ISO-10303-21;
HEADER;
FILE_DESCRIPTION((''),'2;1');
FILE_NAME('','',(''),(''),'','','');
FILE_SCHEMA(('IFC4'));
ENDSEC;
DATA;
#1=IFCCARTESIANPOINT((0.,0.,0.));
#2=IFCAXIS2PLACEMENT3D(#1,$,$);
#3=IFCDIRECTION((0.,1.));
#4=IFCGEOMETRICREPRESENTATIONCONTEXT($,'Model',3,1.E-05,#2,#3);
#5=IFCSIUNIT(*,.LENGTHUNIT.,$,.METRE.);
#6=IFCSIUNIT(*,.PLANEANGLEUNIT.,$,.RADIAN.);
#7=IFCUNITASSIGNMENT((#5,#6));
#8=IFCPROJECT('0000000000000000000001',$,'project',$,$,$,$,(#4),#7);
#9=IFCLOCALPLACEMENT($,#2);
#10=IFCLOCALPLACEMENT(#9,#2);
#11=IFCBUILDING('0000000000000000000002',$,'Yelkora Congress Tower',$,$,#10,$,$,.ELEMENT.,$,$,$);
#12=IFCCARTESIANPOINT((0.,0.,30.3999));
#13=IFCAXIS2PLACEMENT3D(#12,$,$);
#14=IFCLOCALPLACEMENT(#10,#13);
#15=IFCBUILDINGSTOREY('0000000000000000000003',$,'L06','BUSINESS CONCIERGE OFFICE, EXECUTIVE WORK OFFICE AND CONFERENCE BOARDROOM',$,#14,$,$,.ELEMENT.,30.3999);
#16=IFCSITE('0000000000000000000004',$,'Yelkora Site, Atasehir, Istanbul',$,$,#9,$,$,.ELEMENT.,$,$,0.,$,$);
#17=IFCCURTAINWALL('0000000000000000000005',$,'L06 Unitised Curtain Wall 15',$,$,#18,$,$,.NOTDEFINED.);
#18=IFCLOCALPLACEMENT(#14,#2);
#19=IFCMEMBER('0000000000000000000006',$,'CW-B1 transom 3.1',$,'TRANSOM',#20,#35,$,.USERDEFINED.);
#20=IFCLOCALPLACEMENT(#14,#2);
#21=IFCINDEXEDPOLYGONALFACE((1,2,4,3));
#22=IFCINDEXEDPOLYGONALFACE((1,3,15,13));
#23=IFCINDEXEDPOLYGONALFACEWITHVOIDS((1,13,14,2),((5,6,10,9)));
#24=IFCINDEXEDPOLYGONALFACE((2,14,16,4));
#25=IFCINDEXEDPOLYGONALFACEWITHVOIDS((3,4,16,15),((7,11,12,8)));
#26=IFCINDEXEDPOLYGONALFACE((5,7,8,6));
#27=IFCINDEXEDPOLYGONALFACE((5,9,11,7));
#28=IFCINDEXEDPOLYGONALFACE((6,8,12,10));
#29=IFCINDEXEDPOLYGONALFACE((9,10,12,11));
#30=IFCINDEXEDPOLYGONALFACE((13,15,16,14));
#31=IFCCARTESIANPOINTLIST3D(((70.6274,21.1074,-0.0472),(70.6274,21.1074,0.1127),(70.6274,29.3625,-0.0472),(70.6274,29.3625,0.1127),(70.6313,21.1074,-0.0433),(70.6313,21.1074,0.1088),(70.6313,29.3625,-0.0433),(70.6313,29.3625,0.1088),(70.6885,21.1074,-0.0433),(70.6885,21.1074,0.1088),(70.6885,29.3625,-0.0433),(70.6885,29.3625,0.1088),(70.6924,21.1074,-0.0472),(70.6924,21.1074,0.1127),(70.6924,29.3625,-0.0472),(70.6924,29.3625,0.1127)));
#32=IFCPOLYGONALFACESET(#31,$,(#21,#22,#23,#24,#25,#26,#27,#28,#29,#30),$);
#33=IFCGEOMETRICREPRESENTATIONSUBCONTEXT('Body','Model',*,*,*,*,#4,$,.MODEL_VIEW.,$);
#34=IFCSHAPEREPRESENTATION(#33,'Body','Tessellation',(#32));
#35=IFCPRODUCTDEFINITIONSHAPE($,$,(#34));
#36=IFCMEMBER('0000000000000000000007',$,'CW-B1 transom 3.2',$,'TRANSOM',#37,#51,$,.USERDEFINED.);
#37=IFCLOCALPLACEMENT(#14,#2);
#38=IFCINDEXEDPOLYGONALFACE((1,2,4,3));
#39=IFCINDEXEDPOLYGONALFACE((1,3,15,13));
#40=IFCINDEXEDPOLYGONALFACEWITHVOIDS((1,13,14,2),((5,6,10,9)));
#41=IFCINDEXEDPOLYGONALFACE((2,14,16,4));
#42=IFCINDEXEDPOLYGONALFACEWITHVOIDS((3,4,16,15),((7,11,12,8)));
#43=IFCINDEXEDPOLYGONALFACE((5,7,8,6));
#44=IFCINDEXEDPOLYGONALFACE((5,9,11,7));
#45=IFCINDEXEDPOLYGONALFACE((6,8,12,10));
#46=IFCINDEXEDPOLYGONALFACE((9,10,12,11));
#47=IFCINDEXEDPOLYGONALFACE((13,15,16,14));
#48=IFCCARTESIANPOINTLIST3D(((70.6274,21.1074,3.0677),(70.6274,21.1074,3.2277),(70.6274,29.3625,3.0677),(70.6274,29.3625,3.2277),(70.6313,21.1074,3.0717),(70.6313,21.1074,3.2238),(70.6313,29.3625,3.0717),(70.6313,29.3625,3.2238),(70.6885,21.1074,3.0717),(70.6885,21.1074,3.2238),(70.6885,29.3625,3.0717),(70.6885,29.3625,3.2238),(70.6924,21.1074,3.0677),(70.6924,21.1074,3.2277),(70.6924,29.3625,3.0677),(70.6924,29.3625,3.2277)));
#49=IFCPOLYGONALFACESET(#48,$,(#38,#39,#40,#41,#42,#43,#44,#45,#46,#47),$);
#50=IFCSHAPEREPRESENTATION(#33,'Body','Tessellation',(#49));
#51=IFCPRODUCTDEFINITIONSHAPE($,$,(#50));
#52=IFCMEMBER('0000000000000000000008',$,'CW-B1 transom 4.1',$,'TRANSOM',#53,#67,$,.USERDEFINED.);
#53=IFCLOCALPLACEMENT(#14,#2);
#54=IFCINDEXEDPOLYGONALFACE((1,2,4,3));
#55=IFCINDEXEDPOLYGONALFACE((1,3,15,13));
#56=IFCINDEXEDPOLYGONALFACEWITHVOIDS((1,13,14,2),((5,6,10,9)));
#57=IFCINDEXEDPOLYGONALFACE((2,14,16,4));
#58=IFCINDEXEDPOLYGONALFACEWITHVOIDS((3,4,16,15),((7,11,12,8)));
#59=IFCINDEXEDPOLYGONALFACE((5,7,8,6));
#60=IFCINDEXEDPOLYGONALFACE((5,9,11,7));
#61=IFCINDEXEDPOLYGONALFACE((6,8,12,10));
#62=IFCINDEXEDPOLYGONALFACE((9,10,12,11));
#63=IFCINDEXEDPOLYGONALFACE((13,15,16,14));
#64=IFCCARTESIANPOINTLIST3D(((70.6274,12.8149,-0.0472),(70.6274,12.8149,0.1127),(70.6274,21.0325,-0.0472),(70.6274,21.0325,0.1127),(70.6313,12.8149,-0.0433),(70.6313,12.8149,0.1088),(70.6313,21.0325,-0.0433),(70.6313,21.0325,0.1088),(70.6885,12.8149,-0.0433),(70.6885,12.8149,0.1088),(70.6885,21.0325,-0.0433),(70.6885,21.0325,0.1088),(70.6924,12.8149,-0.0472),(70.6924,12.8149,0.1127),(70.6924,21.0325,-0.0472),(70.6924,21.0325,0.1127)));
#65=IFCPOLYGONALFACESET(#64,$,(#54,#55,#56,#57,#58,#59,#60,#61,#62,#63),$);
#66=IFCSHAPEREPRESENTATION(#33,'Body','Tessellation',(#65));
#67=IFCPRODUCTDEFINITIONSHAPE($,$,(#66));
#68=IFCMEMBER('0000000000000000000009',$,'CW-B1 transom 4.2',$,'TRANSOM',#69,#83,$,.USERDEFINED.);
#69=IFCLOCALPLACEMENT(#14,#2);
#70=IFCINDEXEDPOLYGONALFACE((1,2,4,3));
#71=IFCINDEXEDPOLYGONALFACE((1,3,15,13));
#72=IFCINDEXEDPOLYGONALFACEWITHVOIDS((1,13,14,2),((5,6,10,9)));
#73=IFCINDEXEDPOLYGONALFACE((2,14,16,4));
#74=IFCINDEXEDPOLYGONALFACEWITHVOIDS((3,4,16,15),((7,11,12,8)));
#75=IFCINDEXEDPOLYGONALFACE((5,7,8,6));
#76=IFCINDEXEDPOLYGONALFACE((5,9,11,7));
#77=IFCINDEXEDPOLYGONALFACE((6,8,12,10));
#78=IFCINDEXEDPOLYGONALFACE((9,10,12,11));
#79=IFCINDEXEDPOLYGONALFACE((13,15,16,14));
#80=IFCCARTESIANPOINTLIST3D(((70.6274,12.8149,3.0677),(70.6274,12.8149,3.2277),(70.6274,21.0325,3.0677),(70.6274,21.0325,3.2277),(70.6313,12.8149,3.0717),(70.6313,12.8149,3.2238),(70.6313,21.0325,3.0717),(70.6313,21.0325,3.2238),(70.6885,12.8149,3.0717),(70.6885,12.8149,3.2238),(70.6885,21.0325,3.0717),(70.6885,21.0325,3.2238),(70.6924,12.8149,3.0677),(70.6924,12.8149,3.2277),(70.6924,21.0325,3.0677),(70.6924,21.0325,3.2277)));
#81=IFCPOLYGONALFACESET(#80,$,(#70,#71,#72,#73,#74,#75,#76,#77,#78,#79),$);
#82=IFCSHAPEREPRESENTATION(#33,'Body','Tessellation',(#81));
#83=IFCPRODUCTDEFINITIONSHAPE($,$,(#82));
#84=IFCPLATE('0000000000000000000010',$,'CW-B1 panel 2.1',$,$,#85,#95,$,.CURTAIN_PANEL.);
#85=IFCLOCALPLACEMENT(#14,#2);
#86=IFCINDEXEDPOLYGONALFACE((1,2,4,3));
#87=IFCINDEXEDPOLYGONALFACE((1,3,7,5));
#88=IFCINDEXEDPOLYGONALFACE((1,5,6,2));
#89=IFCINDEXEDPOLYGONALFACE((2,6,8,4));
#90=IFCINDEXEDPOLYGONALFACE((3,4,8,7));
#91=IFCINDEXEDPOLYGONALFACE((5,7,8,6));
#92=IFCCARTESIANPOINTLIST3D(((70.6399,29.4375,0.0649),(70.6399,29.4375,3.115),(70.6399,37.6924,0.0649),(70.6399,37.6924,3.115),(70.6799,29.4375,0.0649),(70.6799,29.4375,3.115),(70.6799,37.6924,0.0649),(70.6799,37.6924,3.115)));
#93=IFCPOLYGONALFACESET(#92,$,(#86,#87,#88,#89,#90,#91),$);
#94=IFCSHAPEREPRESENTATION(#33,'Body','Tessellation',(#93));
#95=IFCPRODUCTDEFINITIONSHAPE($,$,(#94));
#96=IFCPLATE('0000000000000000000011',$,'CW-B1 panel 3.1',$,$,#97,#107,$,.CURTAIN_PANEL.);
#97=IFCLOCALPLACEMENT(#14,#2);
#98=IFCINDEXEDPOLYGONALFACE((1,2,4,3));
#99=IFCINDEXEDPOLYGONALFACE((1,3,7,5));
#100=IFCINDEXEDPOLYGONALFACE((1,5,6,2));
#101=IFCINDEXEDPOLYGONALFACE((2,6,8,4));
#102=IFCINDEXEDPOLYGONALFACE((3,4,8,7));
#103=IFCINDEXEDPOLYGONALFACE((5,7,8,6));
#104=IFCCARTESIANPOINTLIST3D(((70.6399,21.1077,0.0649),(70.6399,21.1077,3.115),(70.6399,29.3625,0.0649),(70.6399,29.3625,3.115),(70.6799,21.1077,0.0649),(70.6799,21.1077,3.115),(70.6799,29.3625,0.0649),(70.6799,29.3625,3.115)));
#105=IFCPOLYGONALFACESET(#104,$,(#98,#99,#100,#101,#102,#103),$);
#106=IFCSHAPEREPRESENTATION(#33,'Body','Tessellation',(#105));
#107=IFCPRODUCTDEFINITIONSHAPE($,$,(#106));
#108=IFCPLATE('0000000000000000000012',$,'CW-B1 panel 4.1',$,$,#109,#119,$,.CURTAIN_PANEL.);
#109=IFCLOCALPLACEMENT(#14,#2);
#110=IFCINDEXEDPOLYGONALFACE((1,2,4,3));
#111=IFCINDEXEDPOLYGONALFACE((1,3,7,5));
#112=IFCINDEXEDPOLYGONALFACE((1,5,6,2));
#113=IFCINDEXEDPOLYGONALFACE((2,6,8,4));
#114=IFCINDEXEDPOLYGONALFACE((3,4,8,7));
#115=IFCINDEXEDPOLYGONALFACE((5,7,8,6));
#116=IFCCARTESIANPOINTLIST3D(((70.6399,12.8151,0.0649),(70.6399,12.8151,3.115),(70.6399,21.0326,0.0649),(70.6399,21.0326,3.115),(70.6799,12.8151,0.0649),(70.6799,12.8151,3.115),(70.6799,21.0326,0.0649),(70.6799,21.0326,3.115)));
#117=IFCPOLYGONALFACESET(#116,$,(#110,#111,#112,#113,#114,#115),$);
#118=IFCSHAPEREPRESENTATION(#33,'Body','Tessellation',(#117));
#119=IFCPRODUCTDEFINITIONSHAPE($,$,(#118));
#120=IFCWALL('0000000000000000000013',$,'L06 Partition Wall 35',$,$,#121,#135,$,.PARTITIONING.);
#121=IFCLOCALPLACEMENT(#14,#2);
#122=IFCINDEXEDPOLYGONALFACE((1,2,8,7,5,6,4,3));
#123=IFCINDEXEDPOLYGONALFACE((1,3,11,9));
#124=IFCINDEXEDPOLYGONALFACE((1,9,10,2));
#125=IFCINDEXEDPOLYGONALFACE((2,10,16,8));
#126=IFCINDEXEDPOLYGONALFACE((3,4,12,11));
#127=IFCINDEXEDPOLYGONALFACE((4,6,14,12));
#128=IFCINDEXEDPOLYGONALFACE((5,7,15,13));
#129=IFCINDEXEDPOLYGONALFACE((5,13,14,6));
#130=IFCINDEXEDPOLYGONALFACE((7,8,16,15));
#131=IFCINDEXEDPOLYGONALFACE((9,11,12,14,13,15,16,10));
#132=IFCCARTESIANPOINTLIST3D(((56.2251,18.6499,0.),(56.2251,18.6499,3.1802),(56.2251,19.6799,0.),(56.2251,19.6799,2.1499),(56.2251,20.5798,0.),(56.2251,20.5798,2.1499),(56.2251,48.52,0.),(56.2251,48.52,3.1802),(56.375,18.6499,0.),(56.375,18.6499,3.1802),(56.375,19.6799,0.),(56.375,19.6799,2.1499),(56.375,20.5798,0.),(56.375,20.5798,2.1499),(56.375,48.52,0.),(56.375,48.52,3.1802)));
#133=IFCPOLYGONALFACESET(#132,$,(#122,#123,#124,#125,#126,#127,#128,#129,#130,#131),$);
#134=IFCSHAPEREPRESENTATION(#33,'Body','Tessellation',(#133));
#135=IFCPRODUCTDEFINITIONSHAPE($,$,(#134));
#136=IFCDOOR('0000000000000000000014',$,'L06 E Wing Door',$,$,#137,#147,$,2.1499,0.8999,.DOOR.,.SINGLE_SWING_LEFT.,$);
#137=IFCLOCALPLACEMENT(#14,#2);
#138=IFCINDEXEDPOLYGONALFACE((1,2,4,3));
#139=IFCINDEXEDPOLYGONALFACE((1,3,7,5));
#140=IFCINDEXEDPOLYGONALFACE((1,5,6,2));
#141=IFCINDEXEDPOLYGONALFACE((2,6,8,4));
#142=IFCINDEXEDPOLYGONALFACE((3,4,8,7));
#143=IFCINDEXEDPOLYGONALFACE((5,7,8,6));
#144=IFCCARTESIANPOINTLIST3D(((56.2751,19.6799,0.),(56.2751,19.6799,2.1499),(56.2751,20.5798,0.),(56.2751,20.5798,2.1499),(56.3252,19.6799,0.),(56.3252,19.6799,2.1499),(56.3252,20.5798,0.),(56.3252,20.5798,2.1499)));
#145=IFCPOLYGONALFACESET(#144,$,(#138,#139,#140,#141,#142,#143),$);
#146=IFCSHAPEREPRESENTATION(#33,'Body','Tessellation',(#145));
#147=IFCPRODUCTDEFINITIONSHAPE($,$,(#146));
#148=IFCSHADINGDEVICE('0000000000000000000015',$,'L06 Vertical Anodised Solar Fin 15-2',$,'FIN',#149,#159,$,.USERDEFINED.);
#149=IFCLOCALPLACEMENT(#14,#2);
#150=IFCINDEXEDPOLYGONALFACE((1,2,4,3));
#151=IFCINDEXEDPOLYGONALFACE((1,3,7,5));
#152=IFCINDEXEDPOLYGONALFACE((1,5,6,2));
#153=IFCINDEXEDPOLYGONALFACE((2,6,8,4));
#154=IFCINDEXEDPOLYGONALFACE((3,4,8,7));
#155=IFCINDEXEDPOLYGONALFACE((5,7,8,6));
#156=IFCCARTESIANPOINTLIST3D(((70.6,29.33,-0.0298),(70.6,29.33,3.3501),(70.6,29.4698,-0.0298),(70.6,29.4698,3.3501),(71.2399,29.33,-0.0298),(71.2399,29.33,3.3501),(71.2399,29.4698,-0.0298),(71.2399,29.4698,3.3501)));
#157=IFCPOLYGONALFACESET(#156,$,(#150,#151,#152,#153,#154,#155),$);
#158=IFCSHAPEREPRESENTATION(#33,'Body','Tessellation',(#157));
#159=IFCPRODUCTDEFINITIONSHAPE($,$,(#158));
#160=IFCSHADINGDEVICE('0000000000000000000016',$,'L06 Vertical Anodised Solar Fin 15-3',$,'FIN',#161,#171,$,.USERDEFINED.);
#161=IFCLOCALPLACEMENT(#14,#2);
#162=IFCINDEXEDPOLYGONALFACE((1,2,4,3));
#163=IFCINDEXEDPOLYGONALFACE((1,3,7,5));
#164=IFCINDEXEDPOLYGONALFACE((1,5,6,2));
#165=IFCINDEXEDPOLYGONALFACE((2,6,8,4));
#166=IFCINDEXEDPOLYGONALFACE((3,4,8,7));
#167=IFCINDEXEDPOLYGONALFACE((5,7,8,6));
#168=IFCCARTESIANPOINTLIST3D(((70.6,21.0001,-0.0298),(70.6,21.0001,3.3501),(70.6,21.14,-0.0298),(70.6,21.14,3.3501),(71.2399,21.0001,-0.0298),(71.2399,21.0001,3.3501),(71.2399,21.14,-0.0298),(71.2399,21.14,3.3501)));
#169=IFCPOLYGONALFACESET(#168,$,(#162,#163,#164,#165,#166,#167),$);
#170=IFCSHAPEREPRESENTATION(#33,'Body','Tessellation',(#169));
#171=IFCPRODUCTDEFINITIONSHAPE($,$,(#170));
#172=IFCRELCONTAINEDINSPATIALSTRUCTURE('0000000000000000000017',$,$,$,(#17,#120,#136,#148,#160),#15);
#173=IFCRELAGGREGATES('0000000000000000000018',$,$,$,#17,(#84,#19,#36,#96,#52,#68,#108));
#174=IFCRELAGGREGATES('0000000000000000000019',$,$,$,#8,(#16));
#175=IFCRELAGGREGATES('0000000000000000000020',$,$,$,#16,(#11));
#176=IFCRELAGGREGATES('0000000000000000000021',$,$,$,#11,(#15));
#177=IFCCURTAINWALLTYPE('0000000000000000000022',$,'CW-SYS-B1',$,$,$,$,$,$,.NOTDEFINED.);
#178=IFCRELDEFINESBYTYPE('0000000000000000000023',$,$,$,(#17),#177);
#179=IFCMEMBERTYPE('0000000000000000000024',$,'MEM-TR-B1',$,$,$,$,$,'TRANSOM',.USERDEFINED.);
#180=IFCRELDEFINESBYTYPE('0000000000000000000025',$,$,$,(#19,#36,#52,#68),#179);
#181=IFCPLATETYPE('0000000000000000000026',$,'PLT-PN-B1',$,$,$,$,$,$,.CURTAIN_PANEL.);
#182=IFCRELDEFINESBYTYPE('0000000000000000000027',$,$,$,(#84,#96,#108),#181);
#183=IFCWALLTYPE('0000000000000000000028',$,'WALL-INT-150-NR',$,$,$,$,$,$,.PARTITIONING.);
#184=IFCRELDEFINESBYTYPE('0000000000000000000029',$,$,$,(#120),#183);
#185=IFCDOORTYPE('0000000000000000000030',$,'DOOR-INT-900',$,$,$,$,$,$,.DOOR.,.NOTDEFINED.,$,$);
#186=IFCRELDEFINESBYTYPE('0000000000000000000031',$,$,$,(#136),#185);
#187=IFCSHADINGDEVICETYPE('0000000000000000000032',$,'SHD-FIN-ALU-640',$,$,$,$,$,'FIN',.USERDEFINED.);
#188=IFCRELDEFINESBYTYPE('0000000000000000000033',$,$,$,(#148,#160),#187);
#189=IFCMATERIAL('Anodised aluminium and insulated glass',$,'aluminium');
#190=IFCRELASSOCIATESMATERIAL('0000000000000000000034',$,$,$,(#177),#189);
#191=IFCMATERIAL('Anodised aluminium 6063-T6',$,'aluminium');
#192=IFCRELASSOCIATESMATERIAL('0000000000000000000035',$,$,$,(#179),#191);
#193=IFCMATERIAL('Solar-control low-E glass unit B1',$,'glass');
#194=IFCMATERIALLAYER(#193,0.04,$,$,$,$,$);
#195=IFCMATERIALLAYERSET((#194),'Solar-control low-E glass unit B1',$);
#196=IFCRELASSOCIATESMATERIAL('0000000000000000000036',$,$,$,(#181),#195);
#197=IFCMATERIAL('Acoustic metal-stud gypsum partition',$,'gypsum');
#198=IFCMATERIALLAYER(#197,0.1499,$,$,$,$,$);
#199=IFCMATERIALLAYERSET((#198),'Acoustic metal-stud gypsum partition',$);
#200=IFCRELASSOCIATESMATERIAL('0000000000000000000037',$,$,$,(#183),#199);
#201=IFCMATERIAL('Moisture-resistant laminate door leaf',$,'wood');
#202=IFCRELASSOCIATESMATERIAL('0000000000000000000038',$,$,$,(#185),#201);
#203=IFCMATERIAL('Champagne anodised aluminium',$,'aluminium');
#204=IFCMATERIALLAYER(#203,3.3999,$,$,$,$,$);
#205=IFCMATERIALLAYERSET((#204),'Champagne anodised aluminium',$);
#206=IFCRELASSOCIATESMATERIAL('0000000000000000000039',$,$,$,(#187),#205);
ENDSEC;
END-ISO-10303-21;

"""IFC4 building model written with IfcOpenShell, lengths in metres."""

from ifc_helpers import new_model, si_unit, direction, frame, frame_2d, origin, origin_2d, place, context, subcontext, project, spatial, rectangle, hollow_rectangle, extrude, material, layer, layer_set, material_profile, profile_set, type_object, element, fill, aggregate, save


model = new_model("IFC4")

# Units and contexts
model_context = context("Model", 3, precision=1e-05, world=origin(), true_north=direction((0.0, 1.0)))
body_context = subcontext(model_context, "Body", "Model", "MODEL_VIEW")
ifc_project = project(units=[si_unit("LENGTHUNIT", "METRE"), si_unit("PLANEANGLEUNIT", "RADIAN")], contexts=[model_context])

# Site, building, storey
site_placement = place(None, origin())
site = spatial("IfcSite", under=ifc_project, at=site_placement, Name="Yelkora Site, Atasehir, Istanbul", CompositionType="ELEMENT", RefElevation=0.0)
building_placement = place(site_placement, origin())
building = spatial("IfcBuilding", under=site, at=building_placement, Name="Yelkora Congress Tower", CompositionType="ELEMENT")
storey_placement = place(building_placement, frame((0.0, 0.0, 30.3999)))
storey = spatial("IfcBuildingStorey", under=building, at=storey_placement, Name="L06", Description="BUSINESS CONCIERGE OFFICE, EXECUTIVE WORK OFFICE AND CONFERENCE BOARDROOM", CompositionType="ELEMENT", Elevation=30.3999)

# Curtain wall, members, plates
ifc_material_1 = material(Name="Anodised aluminium and insulated glass", Category="aluminium")
curtain_wall_type = type_object("IfcCurtainWallType", Name="CW-SYS-B1", PredefinedType="NOTDEFINED", material=ifc_material_1)
curtain_wall_placement = place(storey_placement, origin())
curtain_wall = element("IfcCurtainWall", 1, at=curtain_wall_placement, inside=storey, type_object=curtain_wall_type, Name="L06 Unitised Curtain Wall 15", PredefinedType="NOTDEFINED")
ifc_material_2 = material(Name="Anodised aluminium 6063-T6", Category="aluminium")
ifc_material_profile_1 = material_profile(ifc_material_2, hollow_rectangle(XDim=0.0649, YDim=0.1599, WallThickness=0.0039, at=origin_2d()), Name="ALU 65x160x4")
ifc_profile_set_1 = profile_set([ifc_material_profile_1], Name="Anodised aluminium 6063-T6")
member_type_1 = type_object("IfcMemberType", Name="MEM-TR-B1", ElementType="TRANSOM", PredefinedType="USERDEFINED", material=ifc_profile_set_1)
member_1_placement = place(storey_placement, frame((70.6599, 29.3625, 0.0327), z_axis=(0.0, -1.0, 0.0), x_axis=(1.0, 0.0, 0.0)))
member_1 = element("IfcMember", 2, at=member_1_placement, type_object=member_type_1, Name="CW-B1 transom 3.1", ObjectType="TRANSOM", PredefinedType="USERDEFINED", context=body_context, shape_type="SweptSolid", body=[
    extrude(hollow_rectangle(XDim=0.0649, YDim=0.1599, WallThickness=0.0039, at=origin_2d()), origin(), (0.0, 0.0, 1.0), 8.2551),
])
member_2_placement = place(storey_placement, frame((70.6599, 29.3625, 3.1477), z_axis=(0.0, -1.0, 0.0), x_axis=(1.0, 0.0, 0.0)))
member_2 = element("IfcMember", 3, at=member_2_placement, type_object=member_type_1, Name="CW-B1 transom 3.2", ObjectType="TRANSOM", PredefinedType="USERDEFINED", context=body_context, shape_type="SweptSolid", body=[
    extrude(hollow_rectangle(XDim=0.0649, YDim=0.1599, WallThickness=0.0039, at=origin_2d()), origin(), (0.0, 0.0, 1.0), 8.2551),
])
member_3_placement = place(storey_placement, frame((70.6599, 21.0325, 0.0327), z_axis=(0.0, -1.0, 0.0), x_axis=(1.0, 0.0, 0.0)))
member_3 = element("IfcMember", 4, at=member_3_placement, type_object=member_type_1, Name="CW-B1 transom 4.1", ObjectType="TRANSOM", PredefinedType="USERDEFINED", context=body_context, shape_type="SweptSolid", body=[
    extrude(hollow_rectangle(XDim=0.0649, YDim=0.1599, WallThickness=0.0039, at=origin_2d()), origin(), (0.0, 0.0, 1.0), 8.2175),
])
member_4_placement = place(storey_placement, frame((70.6599, 21.0325, 3.1477), z_axis=(0.0, -1.0, 0.0), x_axis=(1.0, 0.0, 0.0)))
member_4 = element("IfcMember", 5, at=member_4_placement, type_object=member_type_1, Name="CW-B1 transom 4.2", ObjectType="TRANSOM", PredefinedType="USERDEFINED", context=body_context, shape_type="SweptSolid", body=[
    extrude(hollow_rectangle(XDim=0.0649, YDim=0.1599, WallThickness=0.0039, at=origin_2d()), origin(), (0.0, 0.0, 1.0), 8.2175),
])
ifc_material_3 = material(Name="Solar-control low-E glass unit B1", Category="glass")
ifc_layer_1 = layer(ifc_material_3, 0.04)
ifc_layer_set_1 = layer_set([ifc_layer_1], Name="Solar-control low-E glass unit B1")
plate_type = type_object("IfcPlateType", Name="PLT-PN-B1", PredefinedType="CURTAIN_PANEL", material=ifc_layer_set_1)
plate_1_placement = place(storey_placement, frame((70.6599, 33.5649, 0.0649), z_axis=(0.0, 0.0, 1.0), x_axis=(0.0, -1.0, 0.0)))
plate_1 = element("IfcPlate", 6, at=plate_1_placement, type_object=plate_type, Name="CW-B1 panel 2.1", PredefinedType="CURTAIN_PANEL", context=body_context, shape_type="SweptSolid", body=[
    extrude(rectangle(XDim=8.2549, YDim=0.04, at=origin_2d()), origin(), (0.0, 0.0, 1.0), 3.05),
])
plate_2_placement = place(storey_placement, frame((70.6599, 25.2351, 0.0649), z_axis=(0.0, 0.0, 1.0), x_axis=(0.0, -1.0, 0.0)))
plate_2 = element("IfcPlate", 7, at=plate_2_placement, type_object=plate_type, Name="CW-B1 panel 3.1", PredefinedType="CURTAIN_PANEL", context=body_context, shape_type="SweptSolid", body=[
    extrude(rectangle(XDim=8.2549, YDim=0.04, at=origin_2d()), origin(), (0.0, 0.0, 1.0), 3.05),
])
plate_3_placement = place(storey_placement, frame((70.6599, 16.9238, 0.0649), z_axis=(0.0, 0.0, 1.0), x_axis=(0.0, -1.0, 0.0)))
plate_3 = element("IfcPlate", 8, at=plate_3_placement, type_object=plate_type, Name="CW-B1 panel 4.1", PredefinedType="CURTAIN_PANEL", context=body_context, shape_type="SweptSolid", body=[
    extrude(rectangle(XDim=8.2175, YDim=0.04, at=origin_2d()), origin(), (0.0, 0.0, 1.0), 3.05),
])
aggregate(curtain_wall, [plate_1, member_1, member_2, plate_2, member_3, member_4, plate_3])

# Wall, opening, door
ifc_material_4 = material(Name="Acoustic metal-stud gypsum partition", Category="gypsum")
ifc_layer_2 = layer(ifc_material_4, 0.1499)
ifc_layer_set_2 = layer_set([ifc_layer_2], Name="Acoustic metal-stud gypsum partition")
wall_type = type_object("IfcWallType", Name="WALL-INT-150-NR", PredefinedType="PARTITIONING", material=ifc_layer_set_2)
wall_placement = place(storey_placement, frame((56.3, 18.6499, 0.0), z_axis=(0.0, 0.0, 1.0), x_axis=(0.0, 1.0, 0.0)))
wall = element("IfcWall", 9, at=wall_placement, inside=storey, type_object=wall_type, Name="L06 Partition Wall 35", PredefinedType="PARTITIONING", context=body_context, shape_type="SweptSolid", body=[
    extrude(rectangle(XDim=29.8701, YDim=0.1499, at=frame_2d((14.9351, 0.0))), origin(), (0.0, 0.0, 1.0), 3.1802),
])
opening_placement = place(wall_placement, frame((1.03, 0.0, 0.0)))
opening = element("IfcOpeningElement", 10, at=opening_placement, cuts=wall, PredefinedType="OPENING", context=body_context, shape_type="SweptSolid", body=[
    extrude(rectangle(XDim=0.8999, YDim=2.1499, at=frame_2d((0.45, 1.075))), frame((0.0, 0.085, 0.0), z_axis=(0.0, -1.0, 0.0), x_axis=(1.0, 0.0, 0.0)), (0.0, 0.0, 1.0), 0.1699),
])
ifc_material_5 = material(Name="Moisture-resistant laminate door leaf", Category="wood")
door_type = type_object("IfcDoorType", Name="DOOR-INT-900", OperationType="NOTDEFINED", PredefinedType="DOOR", material=ifc_material_5)
door_placement = place(opening_placement, origin())
door = element("IfcDoor", 11, at=door_placement, inside=storey, type_object=door_type, Name="L06 E Wing Door", OperationType="SINGLE_SWING_LEFT", OverallHeight=2.1499, OverallWidth=0.8999, PredefinedType="DOOR", context=body_context, shape_type="SweptSolid", body=[
    extrude(rectangle(XDim=0.8999, YDim=2.1499, at=frame_2d((0.45, 1.075))), frame((0.0, 0.0249, 0.0), z_axis=(0.0, -1.0, 0.0), x_axis=(1.0, 0.0, 0.0)), (0.0, 0.0, 1.0), 0.05),
])
fill(opening, door)

# Shading devices
ifc_material_6 = material(Name="Champagne anodised aluminium", Category="aluminium")
ifc_layer_3 = layer(ifc_material_6, 3.3999)
ifc_layer_set_3 = layer_set([ifc_layer_3], Name="Champagne anodised aluminium")
shading_device_type = type_object("IfcShadingDeviceType", Name="SHD-FIN-ALU-640", ElementType="FIN", PredefinedType="USERDEFINED", material=ifc_layer_set_3)
for number, where, z_axis, x_axis, name in (
    (12, (70.9199, 29.3999, -0.0298), (0.0, 0.0, 1.0), (0.0, -1.0, 0.0), "L06 Vertical Anodised Solar Fin 15-2"),
    (13, (70.9199, 21.0701, -0.0298), (0.0, 0.0, 1.0), (0.0, -1.0, 0.0), "L06 Vertical Anodised Solar Fin 15-3"),
):
    element("IfcShadingDevice", number, at=place(storey_placement, frame(where, z_axis=z_axis, x_axis=x_axis)), inside=storey, type_object=shading_device_type, Name=name, ObjectType="FIN", PredefinedType="USERDEFINED", context=body_context, shape_type="SweptSolid", body=[
        extrude(rectangle(XDim=0.1399, YDim=0.6399, at=origin_2d()), origin(), (0.0, 0.0, 1.0), 3.3799),
    ])

save(model, "model.ifc")
